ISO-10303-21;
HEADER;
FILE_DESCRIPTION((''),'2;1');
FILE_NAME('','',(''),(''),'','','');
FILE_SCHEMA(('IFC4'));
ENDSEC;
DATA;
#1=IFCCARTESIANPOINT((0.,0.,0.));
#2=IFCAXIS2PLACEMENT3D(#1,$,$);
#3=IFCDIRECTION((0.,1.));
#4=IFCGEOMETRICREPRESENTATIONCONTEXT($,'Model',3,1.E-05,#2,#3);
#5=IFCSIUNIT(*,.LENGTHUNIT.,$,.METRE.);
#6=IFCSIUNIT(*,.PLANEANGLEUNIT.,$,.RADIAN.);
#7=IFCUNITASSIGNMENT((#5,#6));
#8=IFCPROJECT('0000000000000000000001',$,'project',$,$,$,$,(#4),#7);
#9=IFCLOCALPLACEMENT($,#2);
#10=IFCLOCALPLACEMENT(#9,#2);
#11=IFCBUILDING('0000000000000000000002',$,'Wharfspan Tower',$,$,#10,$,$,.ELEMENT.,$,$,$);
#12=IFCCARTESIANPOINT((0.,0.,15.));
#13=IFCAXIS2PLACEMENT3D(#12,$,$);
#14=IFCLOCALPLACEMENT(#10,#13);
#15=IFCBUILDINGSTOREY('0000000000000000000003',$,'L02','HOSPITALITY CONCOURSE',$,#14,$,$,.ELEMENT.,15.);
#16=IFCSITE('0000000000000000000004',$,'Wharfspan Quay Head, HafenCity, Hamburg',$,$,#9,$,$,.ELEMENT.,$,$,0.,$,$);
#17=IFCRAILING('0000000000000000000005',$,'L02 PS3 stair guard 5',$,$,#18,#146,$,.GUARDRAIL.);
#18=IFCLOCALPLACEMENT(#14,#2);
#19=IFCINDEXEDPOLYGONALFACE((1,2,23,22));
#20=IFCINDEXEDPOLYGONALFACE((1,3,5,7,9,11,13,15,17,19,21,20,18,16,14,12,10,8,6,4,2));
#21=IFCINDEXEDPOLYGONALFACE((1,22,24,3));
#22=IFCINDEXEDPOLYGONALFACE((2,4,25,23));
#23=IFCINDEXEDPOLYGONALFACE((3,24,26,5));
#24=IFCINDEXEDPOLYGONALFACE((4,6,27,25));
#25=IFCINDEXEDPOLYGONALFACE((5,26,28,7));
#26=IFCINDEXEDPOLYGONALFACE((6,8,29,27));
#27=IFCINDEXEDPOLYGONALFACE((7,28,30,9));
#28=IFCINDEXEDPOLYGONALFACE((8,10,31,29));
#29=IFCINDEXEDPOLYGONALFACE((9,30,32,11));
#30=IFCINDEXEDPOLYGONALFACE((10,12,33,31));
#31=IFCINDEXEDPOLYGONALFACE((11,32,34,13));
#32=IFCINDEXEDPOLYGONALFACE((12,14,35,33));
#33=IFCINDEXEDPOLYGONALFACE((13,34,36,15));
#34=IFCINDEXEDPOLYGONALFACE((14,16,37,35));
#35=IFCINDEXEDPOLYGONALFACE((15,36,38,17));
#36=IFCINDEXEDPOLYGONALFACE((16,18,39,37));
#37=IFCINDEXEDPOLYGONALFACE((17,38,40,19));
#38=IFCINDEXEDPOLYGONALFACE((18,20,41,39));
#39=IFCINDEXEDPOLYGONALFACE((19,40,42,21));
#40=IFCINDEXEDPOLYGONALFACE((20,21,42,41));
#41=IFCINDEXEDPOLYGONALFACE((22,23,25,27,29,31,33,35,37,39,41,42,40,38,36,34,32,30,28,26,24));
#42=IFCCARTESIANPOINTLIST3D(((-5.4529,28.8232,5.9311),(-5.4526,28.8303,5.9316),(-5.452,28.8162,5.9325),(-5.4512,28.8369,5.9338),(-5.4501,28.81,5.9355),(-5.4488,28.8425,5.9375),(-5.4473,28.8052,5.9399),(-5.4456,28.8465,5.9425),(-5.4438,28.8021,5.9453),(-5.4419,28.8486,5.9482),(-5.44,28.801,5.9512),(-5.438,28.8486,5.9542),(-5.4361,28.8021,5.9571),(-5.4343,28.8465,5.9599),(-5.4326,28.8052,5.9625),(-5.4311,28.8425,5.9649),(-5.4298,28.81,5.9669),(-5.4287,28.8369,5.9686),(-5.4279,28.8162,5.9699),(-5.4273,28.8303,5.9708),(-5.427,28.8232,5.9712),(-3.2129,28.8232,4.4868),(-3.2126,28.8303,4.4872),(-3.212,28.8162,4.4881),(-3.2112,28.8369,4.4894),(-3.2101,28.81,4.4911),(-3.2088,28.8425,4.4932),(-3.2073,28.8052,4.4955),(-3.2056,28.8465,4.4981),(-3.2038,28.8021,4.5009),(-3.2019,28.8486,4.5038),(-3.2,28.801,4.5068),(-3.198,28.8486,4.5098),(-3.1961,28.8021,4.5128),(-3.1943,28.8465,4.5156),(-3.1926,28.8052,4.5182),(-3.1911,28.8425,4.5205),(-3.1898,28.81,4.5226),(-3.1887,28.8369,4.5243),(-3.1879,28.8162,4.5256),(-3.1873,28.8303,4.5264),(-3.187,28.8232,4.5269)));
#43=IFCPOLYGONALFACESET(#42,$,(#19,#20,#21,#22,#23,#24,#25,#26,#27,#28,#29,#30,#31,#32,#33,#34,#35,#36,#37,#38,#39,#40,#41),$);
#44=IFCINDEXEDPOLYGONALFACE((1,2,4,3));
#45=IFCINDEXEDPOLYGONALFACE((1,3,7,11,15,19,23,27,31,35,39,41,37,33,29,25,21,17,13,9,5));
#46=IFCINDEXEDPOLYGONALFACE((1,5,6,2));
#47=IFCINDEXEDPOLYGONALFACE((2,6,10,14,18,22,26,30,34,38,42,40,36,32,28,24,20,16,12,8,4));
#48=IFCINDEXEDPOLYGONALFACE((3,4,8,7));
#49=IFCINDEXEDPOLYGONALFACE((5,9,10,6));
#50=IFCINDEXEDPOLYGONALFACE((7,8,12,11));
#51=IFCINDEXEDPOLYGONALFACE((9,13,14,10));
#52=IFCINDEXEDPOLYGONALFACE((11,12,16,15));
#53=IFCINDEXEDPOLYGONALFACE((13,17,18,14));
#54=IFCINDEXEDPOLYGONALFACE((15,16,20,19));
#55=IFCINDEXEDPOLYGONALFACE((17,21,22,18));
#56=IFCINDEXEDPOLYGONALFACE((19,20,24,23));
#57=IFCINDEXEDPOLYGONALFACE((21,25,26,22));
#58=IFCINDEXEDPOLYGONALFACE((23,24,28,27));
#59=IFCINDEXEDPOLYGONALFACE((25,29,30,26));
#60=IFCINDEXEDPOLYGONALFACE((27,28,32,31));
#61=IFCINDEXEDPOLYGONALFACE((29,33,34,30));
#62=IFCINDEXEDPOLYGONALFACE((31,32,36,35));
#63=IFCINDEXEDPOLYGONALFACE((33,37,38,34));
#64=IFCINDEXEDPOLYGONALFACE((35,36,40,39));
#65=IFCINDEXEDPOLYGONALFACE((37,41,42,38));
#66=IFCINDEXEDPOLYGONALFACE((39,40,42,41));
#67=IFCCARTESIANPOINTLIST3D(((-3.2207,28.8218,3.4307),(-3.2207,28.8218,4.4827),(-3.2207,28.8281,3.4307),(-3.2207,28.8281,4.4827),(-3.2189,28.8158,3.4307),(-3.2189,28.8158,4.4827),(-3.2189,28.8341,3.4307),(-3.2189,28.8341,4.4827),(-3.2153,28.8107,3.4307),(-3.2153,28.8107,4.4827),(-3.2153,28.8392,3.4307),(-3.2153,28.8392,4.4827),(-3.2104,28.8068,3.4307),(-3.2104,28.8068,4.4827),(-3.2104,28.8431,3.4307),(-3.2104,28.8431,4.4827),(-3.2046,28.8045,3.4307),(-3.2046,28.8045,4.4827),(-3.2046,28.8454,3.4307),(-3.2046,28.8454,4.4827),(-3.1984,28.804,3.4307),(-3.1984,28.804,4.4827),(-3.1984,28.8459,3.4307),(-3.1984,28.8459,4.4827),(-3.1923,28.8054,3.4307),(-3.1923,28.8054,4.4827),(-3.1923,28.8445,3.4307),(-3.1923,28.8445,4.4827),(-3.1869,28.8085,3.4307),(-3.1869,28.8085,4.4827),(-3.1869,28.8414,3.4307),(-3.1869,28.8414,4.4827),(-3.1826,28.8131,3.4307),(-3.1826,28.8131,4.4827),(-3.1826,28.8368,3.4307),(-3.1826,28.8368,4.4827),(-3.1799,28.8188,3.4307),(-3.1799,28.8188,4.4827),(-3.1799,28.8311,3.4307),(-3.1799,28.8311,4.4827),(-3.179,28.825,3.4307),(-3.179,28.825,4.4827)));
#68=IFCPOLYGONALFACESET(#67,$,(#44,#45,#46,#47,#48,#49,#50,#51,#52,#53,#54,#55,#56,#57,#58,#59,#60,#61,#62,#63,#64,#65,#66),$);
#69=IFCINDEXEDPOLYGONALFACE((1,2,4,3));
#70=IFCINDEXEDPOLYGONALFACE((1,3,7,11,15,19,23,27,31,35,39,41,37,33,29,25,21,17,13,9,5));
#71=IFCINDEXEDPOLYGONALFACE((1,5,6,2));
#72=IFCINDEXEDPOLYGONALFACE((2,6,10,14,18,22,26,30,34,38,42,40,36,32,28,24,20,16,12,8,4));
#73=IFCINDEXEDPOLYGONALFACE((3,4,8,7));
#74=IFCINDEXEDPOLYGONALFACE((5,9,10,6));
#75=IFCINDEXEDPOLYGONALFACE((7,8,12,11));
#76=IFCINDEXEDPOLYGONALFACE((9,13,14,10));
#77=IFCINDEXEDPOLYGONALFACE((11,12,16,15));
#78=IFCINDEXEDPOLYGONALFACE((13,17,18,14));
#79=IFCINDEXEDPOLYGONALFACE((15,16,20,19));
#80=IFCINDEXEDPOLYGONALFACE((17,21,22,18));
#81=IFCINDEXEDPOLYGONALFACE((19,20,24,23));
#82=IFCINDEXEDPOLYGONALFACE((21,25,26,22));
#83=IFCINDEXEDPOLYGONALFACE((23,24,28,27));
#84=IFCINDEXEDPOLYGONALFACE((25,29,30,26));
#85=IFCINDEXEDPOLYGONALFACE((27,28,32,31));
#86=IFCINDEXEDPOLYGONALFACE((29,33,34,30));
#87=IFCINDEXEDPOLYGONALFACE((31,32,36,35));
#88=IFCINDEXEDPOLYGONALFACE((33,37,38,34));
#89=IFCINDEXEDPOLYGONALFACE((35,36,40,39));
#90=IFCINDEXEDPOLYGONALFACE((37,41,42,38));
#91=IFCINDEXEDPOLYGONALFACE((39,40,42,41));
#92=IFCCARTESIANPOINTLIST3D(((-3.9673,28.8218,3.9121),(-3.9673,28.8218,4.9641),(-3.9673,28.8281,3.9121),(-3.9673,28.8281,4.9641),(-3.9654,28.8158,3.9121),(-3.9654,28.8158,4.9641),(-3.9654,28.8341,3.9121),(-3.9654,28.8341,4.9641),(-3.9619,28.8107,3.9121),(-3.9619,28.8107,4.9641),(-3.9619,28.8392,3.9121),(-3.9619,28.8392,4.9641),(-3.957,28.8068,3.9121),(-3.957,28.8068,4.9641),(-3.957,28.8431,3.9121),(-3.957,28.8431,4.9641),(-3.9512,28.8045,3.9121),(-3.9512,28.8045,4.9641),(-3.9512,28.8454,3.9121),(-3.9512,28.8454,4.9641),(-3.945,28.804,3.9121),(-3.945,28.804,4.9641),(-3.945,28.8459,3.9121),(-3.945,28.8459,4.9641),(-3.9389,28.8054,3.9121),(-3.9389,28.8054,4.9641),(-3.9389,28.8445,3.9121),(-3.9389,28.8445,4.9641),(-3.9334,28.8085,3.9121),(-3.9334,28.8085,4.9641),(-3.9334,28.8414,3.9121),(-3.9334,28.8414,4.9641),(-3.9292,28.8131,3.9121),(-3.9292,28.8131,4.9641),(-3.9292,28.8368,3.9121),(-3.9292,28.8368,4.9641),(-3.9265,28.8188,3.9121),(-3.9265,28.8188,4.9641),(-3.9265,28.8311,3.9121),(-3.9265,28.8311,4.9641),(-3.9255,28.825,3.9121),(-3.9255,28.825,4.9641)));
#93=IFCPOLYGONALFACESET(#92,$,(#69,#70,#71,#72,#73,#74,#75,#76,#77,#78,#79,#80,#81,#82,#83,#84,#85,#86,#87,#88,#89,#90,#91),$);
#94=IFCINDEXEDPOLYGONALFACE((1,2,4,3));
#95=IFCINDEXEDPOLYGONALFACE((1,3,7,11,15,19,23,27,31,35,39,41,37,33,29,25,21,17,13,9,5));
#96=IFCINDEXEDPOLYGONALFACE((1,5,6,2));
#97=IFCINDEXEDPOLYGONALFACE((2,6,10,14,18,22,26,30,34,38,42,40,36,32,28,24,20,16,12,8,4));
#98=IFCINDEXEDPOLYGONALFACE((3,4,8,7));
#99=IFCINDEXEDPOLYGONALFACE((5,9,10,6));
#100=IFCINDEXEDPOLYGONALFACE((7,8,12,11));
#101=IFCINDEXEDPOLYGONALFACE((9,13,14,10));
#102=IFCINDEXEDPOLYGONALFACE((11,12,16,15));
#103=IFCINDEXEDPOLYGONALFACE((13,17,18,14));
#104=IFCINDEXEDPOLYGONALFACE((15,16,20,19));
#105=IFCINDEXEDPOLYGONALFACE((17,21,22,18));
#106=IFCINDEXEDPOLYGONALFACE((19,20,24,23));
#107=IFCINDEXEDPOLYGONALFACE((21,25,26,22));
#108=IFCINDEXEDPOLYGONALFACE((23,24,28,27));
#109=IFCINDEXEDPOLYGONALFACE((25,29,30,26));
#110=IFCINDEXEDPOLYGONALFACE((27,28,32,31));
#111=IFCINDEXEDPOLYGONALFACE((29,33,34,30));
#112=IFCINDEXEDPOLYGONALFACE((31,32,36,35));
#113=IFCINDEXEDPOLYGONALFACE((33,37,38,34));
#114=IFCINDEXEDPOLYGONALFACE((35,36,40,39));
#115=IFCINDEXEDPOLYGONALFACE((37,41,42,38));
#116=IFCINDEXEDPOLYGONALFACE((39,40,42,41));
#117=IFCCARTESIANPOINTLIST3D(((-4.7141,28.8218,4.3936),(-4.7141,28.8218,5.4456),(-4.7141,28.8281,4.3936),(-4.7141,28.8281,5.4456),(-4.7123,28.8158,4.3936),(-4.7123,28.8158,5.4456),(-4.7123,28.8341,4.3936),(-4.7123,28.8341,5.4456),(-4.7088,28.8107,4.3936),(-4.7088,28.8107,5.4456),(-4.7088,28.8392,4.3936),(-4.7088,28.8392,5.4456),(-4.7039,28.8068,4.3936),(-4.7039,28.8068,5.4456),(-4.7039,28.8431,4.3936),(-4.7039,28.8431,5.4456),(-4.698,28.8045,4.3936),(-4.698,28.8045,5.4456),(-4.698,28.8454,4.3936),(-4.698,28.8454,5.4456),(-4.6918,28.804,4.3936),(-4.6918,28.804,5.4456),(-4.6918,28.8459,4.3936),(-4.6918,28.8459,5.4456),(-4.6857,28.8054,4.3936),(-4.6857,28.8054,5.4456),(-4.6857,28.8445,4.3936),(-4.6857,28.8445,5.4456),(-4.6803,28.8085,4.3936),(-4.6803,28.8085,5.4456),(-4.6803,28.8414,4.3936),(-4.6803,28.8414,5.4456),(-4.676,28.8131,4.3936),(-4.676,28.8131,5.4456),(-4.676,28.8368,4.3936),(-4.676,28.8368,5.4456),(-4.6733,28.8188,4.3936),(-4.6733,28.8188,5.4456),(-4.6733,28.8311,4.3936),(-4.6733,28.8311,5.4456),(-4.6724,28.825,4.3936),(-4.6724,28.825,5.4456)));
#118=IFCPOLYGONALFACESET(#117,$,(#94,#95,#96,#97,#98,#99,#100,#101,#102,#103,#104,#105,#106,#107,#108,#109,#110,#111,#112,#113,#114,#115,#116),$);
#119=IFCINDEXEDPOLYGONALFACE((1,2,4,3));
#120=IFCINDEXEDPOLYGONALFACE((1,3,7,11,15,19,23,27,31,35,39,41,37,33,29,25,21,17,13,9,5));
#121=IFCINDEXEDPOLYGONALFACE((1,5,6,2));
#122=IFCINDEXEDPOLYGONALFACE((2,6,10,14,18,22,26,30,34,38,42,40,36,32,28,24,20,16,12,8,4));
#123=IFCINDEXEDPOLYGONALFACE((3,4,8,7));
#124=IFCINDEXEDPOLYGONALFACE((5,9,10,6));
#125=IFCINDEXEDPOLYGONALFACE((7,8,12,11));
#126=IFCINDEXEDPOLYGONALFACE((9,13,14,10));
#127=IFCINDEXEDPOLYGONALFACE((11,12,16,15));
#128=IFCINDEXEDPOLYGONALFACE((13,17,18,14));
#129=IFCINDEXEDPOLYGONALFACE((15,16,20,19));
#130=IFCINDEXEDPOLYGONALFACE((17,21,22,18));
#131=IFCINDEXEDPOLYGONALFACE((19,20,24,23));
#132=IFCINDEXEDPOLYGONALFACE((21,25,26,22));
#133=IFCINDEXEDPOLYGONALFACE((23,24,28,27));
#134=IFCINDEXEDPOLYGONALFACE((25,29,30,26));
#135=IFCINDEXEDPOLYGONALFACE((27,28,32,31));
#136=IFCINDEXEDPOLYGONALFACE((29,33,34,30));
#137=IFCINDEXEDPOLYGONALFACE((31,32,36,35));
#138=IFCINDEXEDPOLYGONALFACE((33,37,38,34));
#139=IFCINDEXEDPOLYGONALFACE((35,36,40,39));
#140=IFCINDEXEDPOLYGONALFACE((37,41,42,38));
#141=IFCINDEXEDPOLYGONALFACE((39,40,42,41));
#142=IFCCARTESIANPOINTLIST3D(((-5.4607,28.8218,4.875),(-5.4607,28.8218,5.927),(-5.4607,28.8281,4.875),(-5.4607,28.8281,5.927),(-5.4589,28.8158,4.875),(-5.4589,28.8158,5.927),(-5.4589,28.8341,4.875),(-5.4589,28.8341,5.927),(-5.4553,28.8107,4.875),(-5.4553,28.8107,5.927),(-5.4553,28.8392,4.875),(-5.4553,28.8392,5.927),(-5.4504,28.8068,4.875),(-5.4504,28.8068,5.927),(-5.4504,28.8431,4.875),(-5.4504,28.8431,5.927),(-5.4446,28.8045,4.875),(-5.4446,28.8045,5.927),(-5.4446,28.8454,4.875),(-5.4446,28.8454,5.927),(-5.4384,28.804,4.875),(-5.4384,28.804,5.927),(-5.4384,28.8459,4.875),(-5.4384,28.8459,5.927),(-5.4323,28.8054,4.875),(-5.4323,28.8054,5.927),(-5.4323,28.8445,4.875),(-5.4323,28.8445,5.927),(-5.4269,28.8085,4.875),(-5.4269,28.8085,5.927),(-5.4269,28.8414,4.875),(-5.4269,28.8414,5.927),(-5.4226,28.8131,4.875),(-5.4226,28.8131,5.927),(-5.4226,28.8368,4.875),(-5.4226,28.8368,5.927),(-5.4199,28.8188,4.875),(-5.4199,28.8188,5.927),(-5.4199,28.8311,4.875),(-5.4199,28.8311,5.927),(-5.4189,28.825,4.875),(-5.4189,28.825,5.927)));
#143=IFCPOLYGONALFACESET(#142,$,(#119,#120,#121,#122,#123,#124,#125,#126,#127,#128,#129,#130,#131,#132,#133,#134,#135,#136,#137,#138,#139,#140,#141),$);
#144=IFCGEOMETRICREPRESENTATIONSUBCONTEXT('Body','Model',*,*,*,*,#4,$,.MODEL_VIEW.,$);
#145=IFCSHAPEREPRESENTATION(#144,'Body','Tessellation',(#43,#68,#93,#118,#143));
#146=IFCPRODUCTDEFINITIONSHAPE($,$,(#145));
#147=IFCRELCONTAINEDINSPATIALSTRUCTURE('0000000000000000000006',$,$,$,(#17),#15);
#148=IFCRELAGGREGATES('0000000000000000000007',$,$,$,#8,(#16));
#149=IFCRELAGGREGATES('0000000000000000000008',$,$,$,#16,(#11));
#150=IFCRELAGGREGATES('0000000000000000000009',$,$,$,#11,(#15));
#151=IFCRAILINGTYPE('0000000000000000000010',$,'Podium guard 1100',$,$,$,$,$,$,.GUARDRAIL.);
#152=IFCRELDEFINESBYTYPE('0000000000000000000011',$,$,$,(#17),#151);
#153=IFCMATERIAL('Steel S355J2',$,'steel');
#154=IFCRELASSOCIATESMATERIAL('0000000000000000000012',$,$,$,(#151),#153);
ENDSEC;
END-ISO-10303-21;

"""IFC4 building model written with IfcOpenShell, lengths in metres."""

from ifc_helpers import new_model, si_unit, direction, frame, origin, origin_2d, place, context, subcontext, project, spatial, circle, extrude, material, type_object, element, save


model = new_model("IFC4")

# Units and contexts
model_context = context("Model", 3, precision=1e-05, world=origin(), true_north=direction((0.0, 1.0)))
body_context = subcontext(model_context, "Body", "Model", "MODEL_VIEW")
ifc_project = project(units=[si_unit("LENGTHUNIT", "METRE"), si_unit("PLANEANGLEUNIT", "RADIAN")], contexts=[model_context])

# Site, building, storey
site_placement = place(None, origin())
site = spatial("IfcSite", under=ifc_project, at=site_placement, Name="Wharfspan Quay Head, HafenCity, Hamburg", CompositionType="ELEMENT", RefElevation=0.0)
building_placement = place(site_placement, origin())
building = spatial("IfcBuilding", under=site, at=building_placement, Name="Wharfspan Tower", CompositionType="ELEMENT")
storey_placement = place(building_placement, frame((0.0, 0.0, 15.0)))
storey = spatial("IfcBuildingStorey", under=building, at=storey_placement, Name="L02", Description="HOSPITALITY CONCOURSE", CompositionType="ELEMENT", Elevation=15.0)

# Railing
ifc_material_1 = material(Name="Steel S355J2", Category="steel")
railing_type_1 = type_object("IfcRailingType", Name="Podium guard 1100", PredefinedType="GUARDRAIL", material=ifc_material_1)
railing_1_placement = place(storey_placement, frame((-3.2, 28.825, 3.4307)))
element("IfcRailing", 1, at=railing_1_placement, inside=storey, type_object=railing_type_1, Name="L02 PS3 stair guard 5", PredefinedType="GUARDRAIL", context=body_context, shape_type="SweptSolid", body=[
    extrude(circle(Radius=0.0239, at=origin_2d()), frame((0.0, 0.0, 1.0762), z_axis=(-0.840437, 0.0, 0.54191), x_axis=(0.0, -1.0, 0.0)), (0.0, 0.0, 1.0), 2.6653),
    extrude(circle(Radius=0.021, at=origin_2d()), origin(), (0.0, 0.0, 1.0), 1.052),
    extrude(circle(Radius=0.021, at=origin_2d()), frame((-0.7466, 0.0, 0.4814)), (0.0, 0.0, 1.0), 1.052),
    extrude(circle(Radius=0.021, at=origin_2d()), frame((-1.4934, 0.0, 0.9629)), (0.0, 0.0, 1.0), 1.052),
    extrude(circle(Radius=0.021, at=origin_2d()), frame((-2.24, 0.0, 1.4443)), (0.0, 0.0, 1.0), 1.052),
])

save(model, "model.ifc")
